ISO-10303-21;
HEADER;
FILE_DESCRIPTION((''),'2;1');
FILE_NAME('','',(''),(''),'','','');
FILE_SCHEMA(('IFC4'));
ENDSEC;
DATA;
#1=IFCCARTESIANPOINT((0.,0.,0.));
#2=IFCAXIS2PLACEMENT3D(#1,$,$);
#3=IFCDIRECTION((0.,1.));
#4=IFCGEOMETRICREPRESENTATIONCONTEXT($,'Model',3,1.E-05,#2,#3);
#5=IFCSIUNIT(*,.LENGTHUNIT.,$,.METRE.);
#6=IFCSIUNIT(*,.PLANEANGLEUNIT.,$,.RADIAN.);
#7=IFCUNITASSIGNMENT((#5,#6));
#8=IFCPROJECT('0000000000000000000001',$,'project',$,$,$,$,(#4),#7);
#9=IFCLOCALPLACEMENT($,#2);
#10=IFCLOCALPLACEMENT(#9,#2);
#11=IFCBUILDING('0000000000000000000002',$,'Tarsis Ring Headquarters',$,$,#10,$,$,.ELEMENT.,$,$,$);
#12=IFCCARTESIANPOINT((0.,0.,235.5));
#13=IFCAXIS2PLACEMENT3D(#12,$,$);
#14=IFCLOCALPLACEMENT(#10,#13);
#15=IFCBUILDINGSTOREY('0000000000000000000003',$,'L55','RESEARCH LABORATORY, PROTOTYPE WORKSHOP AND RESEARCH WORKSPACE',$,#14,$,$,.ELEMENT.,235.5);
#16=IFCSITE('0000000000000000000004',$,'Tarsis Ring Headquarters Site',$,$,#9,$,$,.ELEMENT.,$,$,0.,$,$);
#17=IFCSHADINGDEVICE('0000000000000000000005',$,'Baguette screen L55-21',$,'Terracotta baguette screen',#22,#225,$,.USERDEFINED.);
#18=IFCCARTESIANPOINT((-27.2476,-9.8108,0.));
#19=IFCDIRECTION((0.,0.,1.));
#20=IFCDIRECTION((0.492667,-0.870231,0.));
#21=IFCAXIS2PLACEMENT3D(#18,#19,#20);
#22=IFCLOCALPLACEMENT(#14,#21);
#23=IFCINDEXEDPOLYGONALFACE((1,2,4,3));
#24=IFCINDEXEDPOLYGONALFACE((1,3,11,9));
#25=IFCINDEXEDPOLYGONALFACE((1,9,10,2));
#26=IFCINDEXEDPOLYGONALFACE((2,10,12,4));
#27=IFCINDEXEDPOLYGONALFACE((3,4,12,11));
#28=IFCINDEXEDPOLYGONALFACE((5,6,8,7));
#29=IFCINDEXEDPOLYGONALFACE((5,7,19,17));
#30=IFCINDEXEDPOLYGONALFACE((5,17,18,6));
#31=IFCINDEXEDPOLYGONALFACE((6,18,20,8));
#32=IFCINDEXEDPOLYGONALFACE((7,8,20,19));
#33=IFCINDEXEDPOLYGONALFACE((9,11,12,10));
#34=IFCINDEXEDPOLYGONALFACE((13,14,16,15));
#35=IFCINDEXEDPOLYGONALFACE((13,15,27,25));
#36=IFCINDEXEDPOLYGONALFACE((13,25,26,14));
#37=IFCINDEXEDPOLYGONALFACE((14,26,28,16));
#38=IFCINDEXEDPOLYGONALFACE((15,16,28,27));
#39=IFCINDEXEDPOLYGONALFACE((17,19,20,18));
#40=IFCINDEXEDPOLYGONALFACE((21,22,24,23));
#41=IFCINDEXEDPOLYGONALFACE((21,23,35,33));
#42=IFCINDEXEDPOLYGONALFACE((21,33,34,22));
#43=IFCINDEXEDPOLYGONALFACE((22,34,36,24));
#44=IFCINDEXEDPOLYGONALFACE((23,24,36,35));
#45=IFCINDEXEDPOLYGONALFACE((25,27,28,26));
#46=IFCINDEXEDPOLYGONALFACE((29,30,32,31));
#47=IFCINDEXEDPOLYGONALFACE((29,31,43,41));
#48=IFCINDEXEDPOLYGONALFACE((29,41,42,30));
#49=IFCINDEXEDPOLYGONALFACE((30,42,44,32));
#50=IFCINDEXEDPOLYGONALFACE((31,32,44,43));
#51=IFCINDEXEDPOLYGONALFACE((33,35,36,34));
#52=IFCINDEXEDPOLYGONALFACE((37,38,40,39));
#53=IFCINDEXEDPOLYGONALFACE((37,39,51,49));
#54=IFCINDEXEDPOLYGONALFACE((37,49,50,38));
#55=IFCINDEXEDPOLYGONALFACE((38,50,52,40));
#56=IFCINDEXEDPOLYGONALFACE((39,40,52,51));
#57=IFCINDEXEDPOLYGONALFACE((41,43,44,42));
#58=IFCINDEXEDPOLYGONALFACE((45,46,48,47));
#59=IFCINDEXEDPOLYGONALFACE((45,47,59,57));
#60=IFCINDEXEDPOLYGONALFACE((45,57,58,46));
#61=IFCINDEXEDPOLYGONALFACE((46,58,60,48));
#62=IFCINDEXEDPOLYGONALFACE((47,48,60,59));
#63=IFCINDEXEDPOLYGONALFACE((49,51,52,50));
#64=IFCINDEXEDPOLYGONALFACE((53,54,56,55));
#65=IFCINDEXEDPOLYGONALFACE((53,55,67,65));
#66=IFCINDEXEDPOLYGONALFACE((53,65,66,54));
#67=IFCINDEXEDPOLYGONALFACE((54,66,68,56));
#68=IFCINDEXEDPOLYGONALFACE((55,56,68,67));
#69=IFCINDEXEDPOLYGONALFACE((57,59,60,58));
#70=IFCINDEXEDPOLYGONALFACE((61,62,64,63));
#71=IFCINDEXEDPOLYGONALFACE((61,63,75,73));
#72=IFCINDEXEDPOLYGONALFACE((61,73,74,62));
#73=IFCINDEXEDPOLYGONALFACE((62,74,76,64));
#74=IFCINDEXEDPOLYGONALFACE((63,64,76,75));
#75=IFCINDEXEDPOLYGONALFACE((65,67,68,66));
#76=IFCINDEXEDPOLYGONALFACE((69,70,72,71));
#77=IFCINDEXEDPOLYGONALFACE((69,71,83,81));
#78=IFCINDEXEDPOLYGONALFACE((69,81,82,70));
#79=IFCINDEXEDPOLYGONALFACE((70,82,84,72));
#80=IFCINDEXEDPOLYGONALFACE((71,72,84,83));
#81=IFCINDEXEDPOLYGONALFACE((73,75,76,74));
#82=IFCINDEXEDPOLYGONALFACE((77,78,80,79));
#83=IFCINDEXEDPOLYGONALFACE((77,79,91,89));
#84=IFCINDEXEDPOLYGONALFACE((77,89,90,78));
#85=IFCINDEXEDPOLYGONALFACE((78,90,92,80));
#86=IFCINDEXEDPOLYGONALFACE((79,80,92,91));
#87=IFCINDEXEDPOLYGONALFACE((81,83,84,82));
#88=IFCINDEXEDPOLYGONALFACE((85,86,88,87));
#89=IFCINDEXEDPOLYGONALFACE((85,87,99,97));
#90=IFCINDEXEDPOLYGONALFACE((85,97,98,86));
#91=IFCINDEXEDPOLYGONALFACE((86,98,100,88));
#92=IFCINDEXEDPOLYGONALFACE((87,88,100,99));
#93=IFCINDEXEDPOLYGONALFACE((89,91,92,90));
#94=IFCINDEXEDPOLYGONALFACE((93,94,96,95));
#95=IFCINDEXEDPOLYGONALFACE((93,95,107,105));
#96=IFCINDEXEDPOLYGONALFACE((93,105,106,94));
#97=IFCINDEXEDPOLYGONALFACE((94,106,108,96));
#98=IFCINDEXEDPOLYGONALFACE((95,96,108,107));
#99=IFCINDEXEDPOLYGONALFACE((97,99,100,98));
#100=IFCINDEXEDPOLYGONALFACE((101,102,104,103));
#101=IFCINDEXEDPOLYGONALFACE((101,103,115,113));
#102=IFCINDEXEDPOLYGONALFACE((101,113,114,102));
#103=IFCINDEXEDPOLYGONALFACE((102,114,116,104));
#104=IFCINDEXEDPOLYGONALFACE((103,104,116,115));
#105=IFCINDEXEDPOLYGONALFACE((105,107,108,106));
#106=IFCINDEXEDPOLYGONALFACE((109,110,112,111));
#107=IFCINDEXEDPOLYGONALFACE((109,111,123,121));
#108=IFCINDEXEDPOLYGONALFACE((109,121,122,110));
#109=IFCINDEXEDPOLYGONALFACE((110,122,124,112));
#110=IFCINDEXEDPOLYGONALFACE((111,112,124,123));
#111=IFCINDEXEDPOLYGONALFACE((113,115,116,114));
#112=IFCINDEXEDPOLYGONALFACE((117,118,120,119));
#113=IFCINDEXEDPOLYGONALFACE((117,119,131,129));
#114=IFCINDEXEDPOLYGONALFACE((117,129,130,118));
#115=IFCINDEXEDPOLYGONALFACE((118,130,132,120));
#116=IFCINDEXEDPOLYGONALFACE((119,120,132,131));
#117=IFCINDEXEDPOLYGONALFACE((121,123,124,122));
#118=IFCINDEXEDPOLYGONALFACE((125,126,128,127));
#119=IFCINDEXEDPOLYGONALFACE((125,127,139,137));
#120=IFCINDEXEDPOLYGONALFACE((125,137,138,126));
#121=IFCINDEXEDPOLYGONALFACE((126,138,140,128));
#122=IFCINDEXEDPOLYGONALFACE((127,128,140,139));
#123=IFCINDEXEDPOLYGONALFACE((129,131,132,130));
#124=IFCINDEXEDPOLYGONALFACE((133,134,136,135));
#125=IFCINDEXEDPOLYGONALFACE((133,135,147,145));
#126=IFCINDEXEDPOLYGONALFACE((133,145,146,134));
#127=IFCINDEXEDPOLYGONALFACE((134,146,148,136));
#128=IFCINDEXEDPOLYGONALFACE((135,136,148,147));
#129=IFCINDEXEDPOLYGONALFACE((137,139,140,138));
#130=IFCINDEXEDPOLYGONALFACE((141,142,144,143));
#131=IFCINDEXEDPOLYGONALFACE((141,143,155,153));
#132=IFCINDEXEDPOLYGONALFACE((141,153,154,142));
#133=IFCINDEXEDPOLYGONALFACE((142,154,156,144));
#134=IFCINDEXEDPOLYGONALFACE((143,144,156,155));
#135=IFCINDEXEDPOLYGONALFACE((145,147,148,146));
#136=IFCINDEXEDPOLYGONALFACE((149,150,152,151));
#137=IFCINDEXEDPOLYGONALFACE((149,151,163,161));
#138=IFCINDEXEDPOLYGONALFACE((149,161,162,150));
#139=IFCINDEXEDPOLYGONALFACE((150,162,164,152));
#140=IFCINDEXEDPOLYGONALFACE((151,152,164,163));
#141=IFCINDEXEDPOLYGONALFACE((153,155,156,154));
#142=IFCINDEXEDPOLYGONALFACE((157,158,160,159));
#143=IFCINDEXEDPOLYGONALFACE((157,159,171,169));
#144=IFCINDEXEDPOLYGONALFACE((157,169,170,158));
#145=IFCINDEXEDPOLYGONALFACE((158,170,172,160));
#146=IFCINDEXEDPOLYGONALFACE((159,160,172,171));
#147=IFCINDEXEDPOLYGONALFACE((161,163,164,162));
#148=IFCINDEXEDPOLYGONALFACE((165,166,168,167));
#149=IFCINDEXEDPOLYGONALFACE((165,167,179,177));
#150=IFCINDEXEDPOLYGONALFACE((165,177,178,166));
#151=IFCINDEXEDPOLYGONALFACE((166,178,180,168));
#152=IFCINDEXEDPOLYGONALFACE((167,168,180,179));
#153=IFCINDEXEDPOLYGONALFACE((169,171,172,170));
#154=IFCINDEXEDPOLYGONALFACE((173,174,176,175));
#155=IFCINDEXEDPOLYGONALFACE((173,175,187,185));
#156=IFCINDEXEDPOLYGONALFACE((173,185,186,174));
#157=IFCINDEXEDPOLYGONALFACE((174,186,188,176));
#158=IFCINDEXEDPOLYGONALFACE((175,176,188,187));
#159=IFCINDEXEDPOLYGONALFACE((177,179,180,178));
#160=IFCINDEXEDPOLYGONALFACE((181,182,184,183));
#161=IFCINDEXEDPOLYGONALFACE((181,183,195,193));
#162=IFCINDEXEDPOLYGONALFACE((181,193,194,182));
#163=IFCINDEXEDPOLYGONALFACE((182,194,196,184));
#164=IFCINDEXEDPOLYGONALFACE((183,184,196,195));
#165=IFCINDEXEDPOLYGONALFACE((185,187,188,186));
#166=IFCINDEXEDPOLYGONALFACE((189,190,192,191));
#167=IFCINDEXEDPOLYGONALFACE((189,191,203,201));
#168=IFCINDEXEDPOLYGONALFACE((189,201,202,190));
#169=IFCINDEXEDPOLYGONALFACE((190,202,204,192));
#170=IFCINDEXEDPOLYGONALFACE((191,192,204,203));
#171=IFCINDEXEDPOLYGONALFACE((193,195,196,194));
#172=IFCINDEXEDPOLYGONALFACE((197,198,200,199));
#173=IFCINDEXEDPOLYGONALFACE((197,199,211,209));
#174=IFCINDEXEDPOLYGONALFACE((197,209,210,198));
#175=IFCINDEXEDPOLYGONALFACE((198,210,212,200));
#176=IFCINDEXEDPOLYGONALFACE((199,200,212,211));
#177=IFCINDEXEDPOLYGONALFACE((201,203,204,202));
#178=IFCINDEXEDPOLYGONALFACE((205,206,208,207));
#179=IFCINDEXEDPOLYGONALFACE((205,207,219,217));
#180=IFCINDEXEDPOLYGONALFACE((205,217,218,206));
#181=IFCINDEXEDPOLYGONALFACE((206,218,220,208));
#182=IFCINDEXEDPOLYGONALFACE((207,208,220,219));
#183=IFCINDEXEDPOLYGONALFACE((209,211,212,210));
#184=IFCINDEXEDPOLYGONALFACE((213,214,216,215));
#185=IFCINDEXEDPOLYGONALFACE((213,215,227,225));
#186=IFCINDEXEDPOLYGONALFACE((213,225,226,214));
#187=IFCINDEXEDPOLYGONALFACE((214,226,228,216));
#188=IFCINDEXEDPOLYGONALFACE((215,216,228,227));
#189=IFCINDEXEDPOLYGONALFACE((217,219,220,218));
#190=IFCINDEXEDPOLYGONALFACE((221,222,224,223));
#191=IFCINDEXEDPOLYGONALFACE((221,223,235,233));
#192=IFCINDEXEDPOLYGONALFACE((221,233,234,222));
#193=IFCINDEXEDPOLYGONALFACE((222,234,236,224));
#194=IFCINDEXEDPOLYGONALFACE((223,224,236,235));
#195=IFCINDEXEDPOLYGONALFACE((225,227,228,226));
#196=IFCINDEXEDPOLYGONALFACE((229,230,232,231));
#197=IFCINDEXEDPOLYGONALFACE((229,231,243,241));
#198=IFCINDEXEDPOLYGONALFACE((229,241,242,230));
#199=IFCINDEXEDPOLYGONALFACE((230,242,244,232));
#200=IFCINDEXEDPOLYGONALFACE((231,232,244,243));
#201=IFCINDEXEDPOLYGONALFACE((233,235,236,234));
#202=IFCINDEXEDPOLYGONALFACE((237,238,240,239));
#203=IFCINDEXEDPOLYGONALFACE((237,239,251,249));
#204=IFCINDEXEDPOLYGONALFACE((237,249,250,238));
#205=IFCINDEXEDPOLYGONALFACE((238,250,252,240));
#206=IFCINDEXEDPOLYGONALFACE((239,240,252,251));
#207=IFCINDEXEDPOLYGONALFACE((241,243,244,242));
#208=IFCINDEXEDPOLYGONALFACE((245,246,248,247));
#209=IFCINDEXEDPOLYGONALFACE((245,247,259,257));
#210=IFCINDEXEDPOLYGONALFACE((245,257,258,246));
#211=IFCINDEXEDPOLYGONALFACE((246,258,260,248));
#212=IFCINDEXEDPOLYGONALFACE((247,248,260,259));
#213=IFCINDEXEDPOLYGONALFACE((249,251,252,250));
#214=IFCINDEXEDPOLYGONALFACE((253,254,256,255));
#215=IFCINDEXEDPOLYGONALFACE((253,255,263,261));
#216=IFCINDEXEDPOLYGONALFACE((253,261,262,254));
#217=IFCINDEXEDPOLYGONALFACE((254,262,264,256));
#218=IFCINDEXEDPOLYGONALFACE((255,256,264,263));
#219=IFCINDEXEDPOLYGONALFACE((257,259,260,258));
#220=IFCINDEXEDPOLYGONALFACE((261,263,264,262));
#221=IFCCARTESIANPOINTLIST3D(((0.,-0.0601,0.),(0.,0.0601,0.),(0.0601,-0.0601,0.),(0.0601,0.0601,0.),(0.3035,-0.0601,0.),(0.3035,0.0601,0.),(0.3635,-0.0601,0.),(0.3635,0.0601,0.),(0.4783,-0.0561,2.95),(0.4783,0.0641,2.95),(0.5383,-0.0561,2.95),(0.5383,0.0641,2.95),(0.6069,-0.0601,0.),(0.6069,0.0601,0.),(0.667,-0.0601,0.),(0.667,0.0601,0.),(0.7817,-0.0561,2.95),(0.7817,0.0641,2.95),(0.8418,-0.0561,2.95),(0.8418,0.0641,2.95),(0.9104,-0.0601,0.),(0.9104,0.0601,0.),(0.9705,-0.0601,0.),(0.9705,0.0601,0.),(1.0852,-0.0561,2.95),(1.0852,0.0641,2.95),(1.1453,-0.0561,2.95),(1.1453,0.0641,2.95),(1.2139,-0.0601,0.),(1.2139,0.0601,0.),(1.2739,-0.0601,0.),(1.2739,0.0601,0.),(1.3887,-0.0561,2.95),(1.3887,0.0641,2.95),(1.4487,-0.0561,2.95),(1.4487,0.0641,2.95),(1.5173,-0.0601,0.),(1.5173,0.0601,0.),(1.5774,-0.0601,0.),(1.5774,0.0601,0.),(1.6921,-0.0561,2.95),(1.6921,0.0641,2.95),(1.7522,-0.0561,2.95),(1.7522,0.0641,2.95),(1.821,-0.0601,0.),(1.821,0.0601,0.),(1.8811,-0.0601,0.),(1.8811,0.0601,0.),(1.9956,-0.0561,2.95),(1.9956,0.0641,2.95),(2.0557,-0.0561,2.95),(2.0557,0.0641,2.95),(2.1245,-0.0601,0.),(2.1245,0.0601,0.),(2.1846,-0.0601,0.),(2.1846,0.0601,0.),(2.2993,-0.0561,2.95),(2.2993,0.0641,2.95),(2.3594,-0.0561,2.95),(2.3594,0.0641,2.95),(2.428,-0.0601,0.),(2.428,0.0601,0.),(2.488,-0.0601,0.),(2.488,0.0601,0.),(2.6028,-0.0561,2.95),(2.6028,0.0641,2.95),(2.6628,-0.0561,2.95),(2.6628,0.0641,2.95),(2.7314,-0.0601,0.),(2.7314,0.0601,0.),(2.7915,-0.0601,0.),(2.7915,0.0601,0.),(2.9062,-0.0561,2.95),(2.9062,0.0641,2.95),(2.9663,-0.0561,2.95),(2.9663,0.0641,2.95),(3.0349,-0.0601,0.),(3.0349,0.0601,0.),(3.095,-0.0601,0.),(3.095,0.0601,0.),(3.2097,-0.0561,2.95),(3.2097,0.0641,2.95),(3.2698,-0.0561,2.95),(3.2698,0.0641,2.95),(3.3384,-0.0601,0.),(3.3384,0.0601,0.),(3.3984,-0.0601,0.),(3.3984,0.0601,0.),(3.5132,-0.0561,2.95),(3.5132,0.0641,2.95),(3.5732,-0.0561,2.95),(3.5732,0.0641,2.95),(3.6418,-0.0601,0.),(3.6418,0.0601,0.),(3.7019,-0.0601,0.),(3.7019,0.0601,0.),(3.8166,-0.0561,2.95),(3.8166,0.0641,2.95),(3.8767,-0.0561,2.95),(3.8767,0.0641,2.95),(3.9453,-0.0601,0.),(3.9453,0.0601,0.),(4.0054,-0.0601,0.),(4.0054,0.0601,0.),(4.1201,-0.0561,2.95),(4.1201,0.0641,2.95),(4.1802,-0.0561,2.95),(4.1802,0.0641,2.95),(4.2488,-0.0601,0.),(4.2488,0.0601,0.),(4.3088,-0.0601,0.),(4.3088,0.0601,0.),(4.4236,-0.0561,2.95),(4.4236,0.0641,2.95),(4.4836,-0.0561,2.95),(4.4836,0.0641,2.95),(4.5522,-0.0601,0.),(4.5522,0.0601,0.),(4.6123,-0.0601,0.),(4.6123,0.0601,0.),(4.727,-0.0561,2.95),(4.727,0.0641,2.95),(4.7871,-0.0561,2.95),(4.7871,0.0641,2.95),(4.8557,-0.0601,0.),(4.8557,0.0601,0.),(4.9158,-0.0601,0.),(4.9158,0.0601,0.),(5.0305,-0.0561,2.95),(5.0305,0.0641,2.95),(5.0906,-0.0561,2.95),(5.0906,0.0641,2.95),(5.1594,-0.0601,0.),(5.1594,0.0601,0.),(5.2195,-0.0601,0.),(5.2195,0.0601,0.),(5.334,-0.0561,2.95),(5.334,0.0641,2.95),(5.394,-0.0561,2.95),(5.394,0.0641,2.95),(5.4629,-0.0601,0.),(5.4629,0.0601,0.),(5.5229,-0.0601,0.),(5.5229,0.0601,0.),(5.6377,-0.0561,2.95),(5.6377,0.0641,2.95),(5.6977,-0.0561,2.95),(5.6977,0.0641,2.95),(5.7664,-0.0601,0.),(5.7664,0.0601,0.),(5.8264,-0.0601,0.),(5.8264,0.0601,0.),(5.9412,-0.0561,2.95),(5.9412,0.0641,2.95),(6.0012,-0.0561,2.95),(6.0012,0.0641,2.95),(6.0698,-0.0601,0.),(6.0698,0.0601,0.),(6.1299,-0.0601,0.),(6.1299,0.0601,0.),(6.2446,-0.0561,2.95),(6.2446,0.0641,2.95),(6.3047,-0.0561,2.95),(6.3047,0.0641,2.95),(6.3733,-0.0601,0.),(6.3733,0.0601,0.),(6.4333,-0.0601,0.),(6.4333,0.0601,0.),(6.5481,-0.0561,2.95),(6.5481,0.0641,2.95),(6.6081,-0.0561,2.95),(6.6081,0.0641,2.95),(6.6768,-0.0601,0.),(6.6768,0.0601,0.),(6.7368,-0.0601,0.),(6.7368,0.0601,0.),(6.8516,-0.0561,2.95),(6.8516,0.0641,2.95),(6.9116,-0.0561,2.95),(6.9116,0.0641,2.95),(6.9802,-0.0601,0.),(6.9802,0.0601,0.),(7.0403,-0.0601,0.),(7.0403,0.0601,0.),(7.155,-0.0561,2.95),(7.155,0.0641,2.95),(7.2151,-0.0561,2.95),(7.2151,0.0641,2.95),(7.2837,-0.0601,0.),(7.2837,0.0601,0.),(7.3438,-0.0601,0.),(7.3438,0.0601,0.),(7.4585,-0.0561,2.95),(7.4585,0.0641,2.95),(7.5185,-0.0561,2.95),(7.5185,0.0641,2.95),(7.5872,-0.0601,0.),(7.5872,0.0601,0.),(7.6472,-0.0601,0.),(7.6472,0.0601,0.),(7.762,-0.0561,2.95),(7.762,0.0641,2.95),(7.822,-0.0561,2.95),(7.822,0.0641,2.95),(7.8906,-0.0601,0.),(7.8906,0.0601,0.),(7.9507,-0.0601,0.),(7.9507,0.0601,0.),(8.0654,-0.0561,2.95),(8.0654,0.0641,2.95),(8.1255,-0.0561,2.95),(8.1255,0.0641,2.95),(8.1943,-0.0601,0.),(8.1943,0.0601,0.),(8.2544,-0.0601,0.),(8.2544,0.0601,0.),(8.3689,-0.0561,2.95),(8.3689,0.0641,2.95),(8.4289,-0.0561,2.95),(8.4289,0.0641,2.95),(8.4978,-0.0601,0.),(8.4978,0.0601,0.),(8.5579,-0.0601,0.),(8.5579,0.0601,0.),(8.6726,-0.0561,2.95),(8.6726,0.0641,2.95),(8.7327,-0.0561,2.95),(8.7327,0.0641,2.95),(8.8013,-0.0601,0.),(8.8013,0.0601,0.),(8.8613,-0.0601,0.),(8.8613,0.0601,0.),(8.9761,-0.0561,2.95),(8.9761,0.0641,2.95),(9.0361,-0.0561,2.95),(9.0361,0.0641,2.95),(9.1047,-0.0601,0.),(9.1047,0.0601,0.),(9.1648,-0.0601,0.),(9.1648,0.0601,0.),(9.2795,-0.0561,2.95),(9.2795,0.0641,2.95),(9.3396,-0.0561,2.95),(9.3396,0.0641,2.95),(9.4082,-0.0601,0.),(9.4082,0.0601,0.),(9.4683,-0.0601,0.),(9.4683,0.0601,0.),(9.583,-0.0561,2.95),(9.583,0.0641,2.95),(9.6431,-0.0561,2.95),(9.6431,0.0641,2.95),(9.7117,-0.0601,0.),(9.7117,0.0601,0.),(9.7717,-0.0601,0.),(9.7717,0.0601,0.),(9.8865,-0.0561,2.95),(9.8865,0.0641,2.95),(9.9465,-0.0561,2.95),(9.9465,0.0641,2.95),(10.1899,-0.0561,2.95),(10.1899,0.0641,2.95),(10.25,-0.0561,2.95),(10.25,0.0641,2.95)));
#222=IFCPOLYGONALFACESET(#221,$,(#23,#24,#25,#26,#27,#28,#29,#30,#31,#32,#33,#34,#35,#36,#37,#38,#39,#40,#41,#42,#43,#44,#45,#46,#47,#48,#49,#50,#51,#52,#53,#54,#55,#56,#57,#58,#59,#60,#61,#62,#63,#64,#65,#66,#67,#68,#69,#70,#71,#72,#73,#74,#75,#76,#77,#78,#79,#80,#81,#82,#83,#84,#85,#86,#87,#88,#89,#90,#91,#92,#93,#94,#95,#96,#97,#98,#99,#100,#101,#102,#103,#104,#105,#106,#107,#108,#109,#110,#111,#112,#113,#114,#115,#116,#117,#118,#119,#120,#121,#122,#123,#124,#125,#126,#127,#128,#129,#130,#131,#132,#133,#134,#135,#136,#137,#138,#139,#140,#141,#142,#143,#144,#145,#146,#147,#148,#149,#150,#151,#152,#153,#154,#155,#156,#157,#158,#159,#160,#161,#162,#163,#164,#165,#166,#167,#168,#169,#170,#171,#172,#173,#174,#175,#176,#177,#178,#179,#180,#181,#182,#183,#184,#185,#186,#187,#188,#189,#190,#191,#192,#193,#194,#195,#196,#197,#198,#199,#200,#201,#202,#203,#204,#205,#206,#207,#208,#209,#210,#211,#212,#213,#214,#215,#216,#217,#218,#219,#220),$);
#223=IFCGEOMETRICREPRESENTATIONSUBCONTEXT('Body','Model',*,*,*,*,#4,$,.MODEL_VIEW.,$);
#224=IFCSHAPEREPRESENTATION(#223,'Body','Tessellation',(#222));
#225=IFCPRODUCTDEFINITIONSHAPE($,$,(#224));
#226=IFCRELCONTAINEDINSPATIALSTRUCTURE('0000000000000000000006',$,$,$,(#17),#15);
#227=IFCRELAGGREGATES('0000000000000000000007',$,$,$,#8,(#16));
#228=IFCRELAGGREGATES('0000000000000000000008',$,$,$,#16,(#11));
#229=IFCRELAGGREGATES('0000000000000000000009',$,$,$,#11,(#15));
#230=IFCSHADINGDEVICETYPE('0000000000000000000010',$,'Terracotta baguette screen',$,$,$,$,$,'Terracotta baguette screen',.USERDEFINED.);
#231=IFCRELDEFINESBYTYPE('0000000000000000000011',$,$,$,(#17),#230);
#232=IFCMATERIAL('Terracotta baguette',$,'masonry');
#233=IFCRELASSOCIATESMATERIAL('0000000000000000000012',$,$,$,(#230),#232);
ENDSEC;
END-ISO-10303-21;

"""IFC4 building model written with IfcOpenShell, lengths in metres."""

from ifc_helpers import new_model, si_unit, direction, frame, frame_2d, origin, place, context, subcontext, project, spatial, rectangle, composite_profile, extrude, material, type_object, element, save


model = new_model("IFC4")

# Units and contexts
model_context = context("Model", 3, precision=1e-05, world=origin(), true_north=direction((0.0, 1.0)))
body_context = subcontext(model_context, "Body", "Model", "MODEL_VIEW")
ifc_project = project(units=[si_unit("LENGTHUNIT", "METRE"), si_unit("PLANEANGLEUNIT", "RADIAN")], contexts=[model_context])

# Site, building, storey
site_placement = place(None, origin())
site = spatial("IfcSite", under=ifc_project, at=site_placement, Name="Tarsis Ring Headquarters Site", CompositionType="ELEMENT", RefElevation=0.0)
building_placement = place(site_placement, origin())
building = spatial("IfcBuilding", under=site, at=building_placement, Name="Tarsis Ring Headquarters", CompositionType="ELEMENT")
storey_placement = place(building_placement, frame((0.0, 0.0, 235.5)))
storey = spatial("IfcBuildingStorey", under=building, at=storey_placement, Name="L55", Description="RESEARCH LABORATORY, PROTOTYPE WORKSHOP AND RESEARCH WORKSPACE", CompositionType="ELEMENT", Elevation=235.5)

# Shading device
ifc_material_1 = material(Name="Terracotta baguette", Category="masonry")
shading_device_type_1 = type_object("IfcShadingDeviceType", Name="Terracotta baguette screen", ElementType="Terracotta baguette screen", PredefinedType="USERDEFINED", material=ifc_material_1)
shading_device_1_placement = place(storey_placement, frame((-27.2476, -9.8108, 0.0), z_axis=(0.0, 0.0, 1.0), x_axis=(0.492667, -0.870231, 0.0)))
element("IfcShadingDevice", 1, at=shading_device_1_placement, inside=storey, type_object=shading_device_type_1, Name="Baguette screen L55-21", ObjectType="Terracotta baguette screen", PredefinedType="USERDEFINED", context=body_context, shape_type="SweptSolid", body=[
    extrude(composite_profile([rectangle(XDim=0.0601, YDim=0.1201, at=frame_2d((0.03, 0.0))), rectangle(XDim=0.0601, YDim=0.1201, at=frame_2d((0.3335, 0.0))), rectangle(XDim=0.0601, YDim=0.1201, at=frame_2d((0.637, 0.0))), rectangle(XDim=0.0601, YDim=0.1201, at=frame_2d((0.9404, 0.0))), rectangle(XDim=0.0601, YDim=0.1201, at=frame_2d((1.2439, 0.0))), rectangle(XDim=0.0601, YDim=0.1201, at=frame_2d((1.5474, 0.0))), rectangle(XDim=0.0601, YDim=0.1201, at=frame_2d((1.8511, 0.0))), rectangle(XDim=0.0601, YDim=0.1201, at=frame_2d((2.1545, 0.0))), rectangle(XDim=0.0601, YDim=0.1201, at=frame_2d((2.458, 0.0))), rectangle(XDim=0.0601, YDim=0.1201, at=frame_2d((2.7615, 0.0))), rectangle(XDim=0.0601, YDim=0.1201, at=frame_2d((3.0649, 0.0))), rectangle(XDim=0.0601, YDim=0.1201, at=frame_2d((3.3684, 0.0))), rectangle(XDim=0.0601, YDim=0.1201, at=frame_2d((3.6719, 0.0))), rectangle(XDim=0.0601, YDim=0.1201, at=frame_2d((3.9753, 0.0))), rectangle(XDim=0.0601, YDim=0.1201, at=frame_2d((4.2788, 0.0))), rectangle(XDim=0.0601, YDim=0.1201, at=frame_2d((4.5823, 0.0))), rectangle(XDim=0.0601, YDim=0.1201, at=frame_2d((4.8857, 0.0))), rectangle(XDim=0.0601, YDim=0.1201, at=frame_2d((5.1895, 0.0))), rectangle(XDim=0.0601, YDim=0.1201, at=frame_2d((5.4929, 0.0))), rectangle(XDim=0.0601, YDim=0.1201, at=frame_2d((5.7964, 0.0))), rectangle(XDim=0.0601, YDim=0.1201, at=frame_2d((6.0999, 0.0))), rectangle(XDim=0.0601, YDim=0.1201, at=frame_2d((6.4033, 0.0))), rectangle(XDim=0.0601, YDim=0.1201, at=frame_2d((6.7068, 0.0))), rectangle(XDim=0.0601, YDim=0.1201, at=frame_2d((7.0103, 0.0))), rectangle(XDim=0.0601, YDim=0.1201, at=frame_2d((7.3137, 0.0))), rectangle(XDim=0.0601, YDim=0.1201, at=frame_2d((7.6172, 0.0))), rectangle(XDim=0.0601, YDim=0.1201, at=frame_2d((7.9207, 0.0))), rectangle(XDim=0.0601, YDim=0.1201, at=frame_2d((8.2244, 0.0))), rectangle(XDim=0.0601, YDim=0.1201, at=frame_2d((8.5278, 0.0))), rectangle(XDim=0.0601, YDim=0.1201, at=frame_2d((8.8313, 0.0))), rectangle(XDim=0.0601, YDim=0.1201, at=frame_2d((9.1348, 0.0))), rectangle(XDim=0.0601, YDim=0.1201, at=frame_2d((9.4382, 0.0))), rectangle(XDim=0.0601, YDim=0.1201, at=frame_2d((9.7417, 0.0)))]), origin(), (0.160034, 0.001339, 0.987111), 2.9885),
])

save(model, "model.ifc")
